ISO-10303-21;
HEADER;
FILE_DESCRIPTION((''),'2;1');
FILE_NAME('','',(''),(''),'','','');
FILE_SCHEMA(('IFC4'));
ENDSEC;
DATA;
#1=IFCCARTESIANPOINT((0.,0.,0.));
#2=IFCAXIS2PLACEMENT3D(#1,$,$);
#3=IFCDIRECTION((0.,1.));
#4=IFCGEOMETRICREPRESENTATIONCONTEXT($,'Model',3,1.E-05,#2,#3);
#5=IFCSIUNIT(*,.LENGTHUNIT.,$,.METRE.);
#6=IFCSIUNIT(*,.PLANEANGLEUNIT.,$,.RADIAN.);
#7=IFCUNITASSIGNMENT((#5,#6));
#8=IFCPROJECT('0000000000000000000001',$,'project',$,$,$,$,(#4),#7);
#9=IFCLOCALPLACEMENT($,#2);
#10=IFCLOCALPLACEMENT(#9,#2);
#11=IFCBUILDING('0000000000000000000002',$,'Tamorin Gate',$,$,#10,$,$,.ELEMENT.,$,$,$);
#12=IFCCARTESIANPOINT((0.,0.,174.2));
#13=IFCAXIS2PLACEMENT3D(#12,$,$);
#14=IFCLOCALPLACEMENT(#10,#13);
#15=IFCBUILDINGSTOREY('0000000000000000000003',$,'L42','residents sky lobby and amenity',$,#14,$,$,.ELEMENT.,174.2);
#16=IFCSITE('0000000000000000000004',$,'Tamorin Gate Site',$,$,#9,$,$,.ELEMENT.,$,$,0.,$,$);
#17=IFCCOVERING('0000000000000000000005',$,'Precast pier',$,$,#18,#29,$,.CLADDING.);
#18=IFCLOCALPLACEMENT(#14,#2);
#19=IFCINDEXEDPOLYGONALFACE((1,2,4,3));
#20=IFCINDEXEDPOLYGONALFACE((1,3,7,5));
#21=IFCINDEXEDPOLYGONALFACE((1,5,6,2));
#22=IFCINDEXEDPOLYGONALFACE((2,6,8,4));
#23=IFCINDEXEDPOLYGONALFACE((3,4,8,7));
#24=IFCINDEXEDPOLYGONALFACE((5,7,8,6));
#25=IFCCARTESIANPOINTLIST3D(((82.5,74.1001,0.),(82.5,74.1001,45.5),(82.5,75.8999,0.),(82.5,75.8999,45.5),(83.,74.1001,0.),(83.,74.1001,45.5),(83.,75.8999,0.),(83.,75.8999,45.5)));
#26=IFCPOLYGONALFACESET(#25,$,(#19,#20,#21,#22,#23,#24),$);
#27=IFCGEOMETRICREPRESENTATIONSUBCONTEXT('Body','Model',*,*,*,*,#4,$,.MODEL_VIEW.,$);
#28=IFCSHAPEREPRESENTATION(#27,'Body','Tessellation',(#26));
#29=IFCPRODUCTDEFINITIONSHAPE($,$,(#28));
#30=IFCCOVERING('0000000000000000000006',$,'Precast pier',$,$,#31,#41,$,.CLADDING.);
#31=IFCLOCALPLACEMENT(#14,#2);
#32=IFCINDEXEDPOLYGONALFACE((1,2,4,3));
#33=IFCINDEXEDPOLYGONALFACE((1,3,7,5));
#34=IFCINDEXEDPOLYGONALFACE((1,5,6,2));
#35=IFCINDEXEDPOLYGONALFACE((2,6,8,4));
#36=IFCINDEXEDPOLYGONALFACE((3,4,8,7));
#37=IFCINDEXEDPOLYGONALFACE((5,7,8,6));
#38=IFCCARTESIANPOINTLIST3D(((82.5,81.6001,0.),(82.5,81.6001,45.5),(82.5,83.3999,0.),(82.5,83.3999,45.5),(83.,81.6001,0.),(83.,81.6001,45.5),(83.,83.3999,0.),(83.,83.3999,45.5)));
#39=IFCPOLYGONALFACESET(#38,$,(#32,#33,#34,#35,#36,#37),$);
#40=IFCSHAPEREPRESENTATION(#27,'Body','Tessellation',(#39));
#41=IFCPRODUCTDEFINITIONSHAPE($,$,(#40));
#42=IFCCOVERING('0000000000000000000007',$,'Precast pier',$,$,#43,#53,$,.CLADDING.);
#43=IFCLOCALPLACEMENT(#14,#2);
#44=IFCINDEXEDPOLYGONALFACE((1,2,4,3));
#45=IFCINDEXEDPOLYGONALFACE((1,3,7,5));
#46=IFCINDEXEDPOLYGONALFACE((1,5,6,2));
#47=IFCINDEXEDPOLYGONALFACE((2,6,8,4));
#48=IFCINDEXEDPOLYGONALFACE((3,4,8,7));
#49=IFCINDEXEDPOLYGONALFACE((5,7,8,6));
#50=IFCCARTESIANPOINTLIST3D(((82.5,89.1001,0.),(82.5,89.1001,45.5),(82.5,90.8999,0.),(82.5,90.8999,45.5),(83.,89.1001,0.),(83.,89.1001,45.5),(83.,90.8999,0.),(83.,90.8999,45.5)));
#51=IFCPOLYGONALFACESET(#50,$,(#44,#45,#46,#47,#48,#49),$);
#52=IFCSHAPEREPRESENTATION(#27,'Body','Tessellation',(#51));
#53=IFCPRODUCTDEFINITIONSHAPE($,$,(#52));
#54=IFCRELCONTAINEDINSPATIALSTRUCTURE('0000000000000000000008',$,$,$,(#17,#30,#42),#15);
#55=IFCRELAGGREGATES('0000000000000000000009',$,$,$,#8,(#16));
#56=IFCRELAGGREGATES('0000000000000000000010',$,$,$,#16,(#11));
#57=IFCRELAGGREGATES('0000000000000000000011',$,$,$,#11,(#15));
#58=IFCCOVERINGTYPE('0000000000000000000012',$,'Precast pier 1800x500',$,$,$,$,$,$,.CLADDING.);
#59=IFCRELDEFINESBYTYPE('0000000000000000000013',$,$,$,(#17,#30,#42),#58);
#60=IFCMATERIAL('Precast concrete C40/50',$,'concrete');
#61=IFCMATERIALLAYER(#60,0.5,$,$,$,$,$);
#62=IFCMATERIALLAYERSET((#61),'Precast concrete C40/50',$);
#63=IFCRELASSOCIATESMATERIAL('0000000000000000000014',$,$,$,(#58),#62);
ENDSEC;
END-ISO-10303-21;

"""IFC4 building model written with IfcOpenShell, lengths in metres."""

from ifc_helpers import new_model, si_unit, direction, frame, origin, place, context, subcontext, project, spatial, polyline, outline, extrude, material, layer, layer_set, type_object, element, save


model = new_model("IFC4")

# Units and contexts
model_context = context("Model", 3, precision=1e-05, world=origin(), true_north=direction((0.0, 1.0)))
body_context = subcontext(model_context, "Body", "Model", "MODEL_VIEW")
ifc_project = project(units=[si_unit("LENGTHUNIT", "METRE"), si_unit("PLANEANGLEUNIT", "RADIAN")], contexts=[model_context])

# Site, building, storey
site_placement = place(None, origin())
site = spatial("IfcSite", under=ifc_project, at=site_placement, Name="Tamorin Gate Site", CompositionType="ELEMENT", RefElevation=0.0)
building_placement = place(site_placement, origin())
building = spatial("IfcBuilding", under=site, at=building_placement, Name="Tamorin Gate", CompositionType="ELEMENT")
storey_placement = place(building_placement, frame((0.0, 0.0, 174.2)))
storey = spatial("IfcBuildingStorey", under=building, at=storey_placement, Name="L42", Description="residents sky lobby and amenity", CompositionType="ELEMENT", Elevation=174.2)

# Shared definitions
ifc_material_1 = material(Name="Precast concrete C40/50", Category="concrete")

# Coverings
ifc_layer_1 = layer(ifc_material_1, 0.5)
ifc_layer_set_1 = layer_set([ifc_layer_1], Name="Precast concrete C40/50")
covering_type = type_object("IfcCoveringType", Name="Precast pier 1800x500", PredefinedType="CLADDING", material=ifc_layer_set_1)
covering_1_placement = place(storey_placement, origin())
element("IfcCovering", 1, at=covering_1_placement, inside=storey, type_object=covering_type, Name="Precast pier", PredefinedType="CLADDING", context=body_context, shape_type="SweptSolid", body=[
    extrude(outline(polyline([(82.5, 74.1001), (82.5, 75.8999), (83.0, 75.8999), (83.0, 74.1001), (82.5, 74.1001)])), origin(), (0.0, 0.0, 1.0), 45.5),
])
covering_2_placement = place(storey_placement, origin())
element("IfcCovering", 2, at=covering_2_placement, inside=storey, type_object=covering_type, Name="Precast pier", PredefinedType="CLADDING", context=body_context, shape_type="SweptSolid", body=[
    extrude(outline(polyline([(82.5, 81.6001), (82.5, 83.3999), (83.0, 83.3999), (83.0, 81.6001), (82.5, 81.6001)])), origin(), (0.0, 0.0, 1.0), 45.5),
])
covering_3_placement = place(storey_placement, origin())
element("IfcCovering", 3, at=covering_3_placement, inside=storey, type_object=covering_type, Name="Precast pier", PredefinedType="CLADDING", context=body_context, shape_type="SweptSolid", body=[
    extrude(outline(polyline([(82.5, 89.1001), (82.5, 90.8999), (83.0, 90.8999), (83.0, 89.1001), (82.5, 89.1001)])), origin(), (0.0, 0.0, 1.0), 45.5),
])

save(model, "model.ifc")
